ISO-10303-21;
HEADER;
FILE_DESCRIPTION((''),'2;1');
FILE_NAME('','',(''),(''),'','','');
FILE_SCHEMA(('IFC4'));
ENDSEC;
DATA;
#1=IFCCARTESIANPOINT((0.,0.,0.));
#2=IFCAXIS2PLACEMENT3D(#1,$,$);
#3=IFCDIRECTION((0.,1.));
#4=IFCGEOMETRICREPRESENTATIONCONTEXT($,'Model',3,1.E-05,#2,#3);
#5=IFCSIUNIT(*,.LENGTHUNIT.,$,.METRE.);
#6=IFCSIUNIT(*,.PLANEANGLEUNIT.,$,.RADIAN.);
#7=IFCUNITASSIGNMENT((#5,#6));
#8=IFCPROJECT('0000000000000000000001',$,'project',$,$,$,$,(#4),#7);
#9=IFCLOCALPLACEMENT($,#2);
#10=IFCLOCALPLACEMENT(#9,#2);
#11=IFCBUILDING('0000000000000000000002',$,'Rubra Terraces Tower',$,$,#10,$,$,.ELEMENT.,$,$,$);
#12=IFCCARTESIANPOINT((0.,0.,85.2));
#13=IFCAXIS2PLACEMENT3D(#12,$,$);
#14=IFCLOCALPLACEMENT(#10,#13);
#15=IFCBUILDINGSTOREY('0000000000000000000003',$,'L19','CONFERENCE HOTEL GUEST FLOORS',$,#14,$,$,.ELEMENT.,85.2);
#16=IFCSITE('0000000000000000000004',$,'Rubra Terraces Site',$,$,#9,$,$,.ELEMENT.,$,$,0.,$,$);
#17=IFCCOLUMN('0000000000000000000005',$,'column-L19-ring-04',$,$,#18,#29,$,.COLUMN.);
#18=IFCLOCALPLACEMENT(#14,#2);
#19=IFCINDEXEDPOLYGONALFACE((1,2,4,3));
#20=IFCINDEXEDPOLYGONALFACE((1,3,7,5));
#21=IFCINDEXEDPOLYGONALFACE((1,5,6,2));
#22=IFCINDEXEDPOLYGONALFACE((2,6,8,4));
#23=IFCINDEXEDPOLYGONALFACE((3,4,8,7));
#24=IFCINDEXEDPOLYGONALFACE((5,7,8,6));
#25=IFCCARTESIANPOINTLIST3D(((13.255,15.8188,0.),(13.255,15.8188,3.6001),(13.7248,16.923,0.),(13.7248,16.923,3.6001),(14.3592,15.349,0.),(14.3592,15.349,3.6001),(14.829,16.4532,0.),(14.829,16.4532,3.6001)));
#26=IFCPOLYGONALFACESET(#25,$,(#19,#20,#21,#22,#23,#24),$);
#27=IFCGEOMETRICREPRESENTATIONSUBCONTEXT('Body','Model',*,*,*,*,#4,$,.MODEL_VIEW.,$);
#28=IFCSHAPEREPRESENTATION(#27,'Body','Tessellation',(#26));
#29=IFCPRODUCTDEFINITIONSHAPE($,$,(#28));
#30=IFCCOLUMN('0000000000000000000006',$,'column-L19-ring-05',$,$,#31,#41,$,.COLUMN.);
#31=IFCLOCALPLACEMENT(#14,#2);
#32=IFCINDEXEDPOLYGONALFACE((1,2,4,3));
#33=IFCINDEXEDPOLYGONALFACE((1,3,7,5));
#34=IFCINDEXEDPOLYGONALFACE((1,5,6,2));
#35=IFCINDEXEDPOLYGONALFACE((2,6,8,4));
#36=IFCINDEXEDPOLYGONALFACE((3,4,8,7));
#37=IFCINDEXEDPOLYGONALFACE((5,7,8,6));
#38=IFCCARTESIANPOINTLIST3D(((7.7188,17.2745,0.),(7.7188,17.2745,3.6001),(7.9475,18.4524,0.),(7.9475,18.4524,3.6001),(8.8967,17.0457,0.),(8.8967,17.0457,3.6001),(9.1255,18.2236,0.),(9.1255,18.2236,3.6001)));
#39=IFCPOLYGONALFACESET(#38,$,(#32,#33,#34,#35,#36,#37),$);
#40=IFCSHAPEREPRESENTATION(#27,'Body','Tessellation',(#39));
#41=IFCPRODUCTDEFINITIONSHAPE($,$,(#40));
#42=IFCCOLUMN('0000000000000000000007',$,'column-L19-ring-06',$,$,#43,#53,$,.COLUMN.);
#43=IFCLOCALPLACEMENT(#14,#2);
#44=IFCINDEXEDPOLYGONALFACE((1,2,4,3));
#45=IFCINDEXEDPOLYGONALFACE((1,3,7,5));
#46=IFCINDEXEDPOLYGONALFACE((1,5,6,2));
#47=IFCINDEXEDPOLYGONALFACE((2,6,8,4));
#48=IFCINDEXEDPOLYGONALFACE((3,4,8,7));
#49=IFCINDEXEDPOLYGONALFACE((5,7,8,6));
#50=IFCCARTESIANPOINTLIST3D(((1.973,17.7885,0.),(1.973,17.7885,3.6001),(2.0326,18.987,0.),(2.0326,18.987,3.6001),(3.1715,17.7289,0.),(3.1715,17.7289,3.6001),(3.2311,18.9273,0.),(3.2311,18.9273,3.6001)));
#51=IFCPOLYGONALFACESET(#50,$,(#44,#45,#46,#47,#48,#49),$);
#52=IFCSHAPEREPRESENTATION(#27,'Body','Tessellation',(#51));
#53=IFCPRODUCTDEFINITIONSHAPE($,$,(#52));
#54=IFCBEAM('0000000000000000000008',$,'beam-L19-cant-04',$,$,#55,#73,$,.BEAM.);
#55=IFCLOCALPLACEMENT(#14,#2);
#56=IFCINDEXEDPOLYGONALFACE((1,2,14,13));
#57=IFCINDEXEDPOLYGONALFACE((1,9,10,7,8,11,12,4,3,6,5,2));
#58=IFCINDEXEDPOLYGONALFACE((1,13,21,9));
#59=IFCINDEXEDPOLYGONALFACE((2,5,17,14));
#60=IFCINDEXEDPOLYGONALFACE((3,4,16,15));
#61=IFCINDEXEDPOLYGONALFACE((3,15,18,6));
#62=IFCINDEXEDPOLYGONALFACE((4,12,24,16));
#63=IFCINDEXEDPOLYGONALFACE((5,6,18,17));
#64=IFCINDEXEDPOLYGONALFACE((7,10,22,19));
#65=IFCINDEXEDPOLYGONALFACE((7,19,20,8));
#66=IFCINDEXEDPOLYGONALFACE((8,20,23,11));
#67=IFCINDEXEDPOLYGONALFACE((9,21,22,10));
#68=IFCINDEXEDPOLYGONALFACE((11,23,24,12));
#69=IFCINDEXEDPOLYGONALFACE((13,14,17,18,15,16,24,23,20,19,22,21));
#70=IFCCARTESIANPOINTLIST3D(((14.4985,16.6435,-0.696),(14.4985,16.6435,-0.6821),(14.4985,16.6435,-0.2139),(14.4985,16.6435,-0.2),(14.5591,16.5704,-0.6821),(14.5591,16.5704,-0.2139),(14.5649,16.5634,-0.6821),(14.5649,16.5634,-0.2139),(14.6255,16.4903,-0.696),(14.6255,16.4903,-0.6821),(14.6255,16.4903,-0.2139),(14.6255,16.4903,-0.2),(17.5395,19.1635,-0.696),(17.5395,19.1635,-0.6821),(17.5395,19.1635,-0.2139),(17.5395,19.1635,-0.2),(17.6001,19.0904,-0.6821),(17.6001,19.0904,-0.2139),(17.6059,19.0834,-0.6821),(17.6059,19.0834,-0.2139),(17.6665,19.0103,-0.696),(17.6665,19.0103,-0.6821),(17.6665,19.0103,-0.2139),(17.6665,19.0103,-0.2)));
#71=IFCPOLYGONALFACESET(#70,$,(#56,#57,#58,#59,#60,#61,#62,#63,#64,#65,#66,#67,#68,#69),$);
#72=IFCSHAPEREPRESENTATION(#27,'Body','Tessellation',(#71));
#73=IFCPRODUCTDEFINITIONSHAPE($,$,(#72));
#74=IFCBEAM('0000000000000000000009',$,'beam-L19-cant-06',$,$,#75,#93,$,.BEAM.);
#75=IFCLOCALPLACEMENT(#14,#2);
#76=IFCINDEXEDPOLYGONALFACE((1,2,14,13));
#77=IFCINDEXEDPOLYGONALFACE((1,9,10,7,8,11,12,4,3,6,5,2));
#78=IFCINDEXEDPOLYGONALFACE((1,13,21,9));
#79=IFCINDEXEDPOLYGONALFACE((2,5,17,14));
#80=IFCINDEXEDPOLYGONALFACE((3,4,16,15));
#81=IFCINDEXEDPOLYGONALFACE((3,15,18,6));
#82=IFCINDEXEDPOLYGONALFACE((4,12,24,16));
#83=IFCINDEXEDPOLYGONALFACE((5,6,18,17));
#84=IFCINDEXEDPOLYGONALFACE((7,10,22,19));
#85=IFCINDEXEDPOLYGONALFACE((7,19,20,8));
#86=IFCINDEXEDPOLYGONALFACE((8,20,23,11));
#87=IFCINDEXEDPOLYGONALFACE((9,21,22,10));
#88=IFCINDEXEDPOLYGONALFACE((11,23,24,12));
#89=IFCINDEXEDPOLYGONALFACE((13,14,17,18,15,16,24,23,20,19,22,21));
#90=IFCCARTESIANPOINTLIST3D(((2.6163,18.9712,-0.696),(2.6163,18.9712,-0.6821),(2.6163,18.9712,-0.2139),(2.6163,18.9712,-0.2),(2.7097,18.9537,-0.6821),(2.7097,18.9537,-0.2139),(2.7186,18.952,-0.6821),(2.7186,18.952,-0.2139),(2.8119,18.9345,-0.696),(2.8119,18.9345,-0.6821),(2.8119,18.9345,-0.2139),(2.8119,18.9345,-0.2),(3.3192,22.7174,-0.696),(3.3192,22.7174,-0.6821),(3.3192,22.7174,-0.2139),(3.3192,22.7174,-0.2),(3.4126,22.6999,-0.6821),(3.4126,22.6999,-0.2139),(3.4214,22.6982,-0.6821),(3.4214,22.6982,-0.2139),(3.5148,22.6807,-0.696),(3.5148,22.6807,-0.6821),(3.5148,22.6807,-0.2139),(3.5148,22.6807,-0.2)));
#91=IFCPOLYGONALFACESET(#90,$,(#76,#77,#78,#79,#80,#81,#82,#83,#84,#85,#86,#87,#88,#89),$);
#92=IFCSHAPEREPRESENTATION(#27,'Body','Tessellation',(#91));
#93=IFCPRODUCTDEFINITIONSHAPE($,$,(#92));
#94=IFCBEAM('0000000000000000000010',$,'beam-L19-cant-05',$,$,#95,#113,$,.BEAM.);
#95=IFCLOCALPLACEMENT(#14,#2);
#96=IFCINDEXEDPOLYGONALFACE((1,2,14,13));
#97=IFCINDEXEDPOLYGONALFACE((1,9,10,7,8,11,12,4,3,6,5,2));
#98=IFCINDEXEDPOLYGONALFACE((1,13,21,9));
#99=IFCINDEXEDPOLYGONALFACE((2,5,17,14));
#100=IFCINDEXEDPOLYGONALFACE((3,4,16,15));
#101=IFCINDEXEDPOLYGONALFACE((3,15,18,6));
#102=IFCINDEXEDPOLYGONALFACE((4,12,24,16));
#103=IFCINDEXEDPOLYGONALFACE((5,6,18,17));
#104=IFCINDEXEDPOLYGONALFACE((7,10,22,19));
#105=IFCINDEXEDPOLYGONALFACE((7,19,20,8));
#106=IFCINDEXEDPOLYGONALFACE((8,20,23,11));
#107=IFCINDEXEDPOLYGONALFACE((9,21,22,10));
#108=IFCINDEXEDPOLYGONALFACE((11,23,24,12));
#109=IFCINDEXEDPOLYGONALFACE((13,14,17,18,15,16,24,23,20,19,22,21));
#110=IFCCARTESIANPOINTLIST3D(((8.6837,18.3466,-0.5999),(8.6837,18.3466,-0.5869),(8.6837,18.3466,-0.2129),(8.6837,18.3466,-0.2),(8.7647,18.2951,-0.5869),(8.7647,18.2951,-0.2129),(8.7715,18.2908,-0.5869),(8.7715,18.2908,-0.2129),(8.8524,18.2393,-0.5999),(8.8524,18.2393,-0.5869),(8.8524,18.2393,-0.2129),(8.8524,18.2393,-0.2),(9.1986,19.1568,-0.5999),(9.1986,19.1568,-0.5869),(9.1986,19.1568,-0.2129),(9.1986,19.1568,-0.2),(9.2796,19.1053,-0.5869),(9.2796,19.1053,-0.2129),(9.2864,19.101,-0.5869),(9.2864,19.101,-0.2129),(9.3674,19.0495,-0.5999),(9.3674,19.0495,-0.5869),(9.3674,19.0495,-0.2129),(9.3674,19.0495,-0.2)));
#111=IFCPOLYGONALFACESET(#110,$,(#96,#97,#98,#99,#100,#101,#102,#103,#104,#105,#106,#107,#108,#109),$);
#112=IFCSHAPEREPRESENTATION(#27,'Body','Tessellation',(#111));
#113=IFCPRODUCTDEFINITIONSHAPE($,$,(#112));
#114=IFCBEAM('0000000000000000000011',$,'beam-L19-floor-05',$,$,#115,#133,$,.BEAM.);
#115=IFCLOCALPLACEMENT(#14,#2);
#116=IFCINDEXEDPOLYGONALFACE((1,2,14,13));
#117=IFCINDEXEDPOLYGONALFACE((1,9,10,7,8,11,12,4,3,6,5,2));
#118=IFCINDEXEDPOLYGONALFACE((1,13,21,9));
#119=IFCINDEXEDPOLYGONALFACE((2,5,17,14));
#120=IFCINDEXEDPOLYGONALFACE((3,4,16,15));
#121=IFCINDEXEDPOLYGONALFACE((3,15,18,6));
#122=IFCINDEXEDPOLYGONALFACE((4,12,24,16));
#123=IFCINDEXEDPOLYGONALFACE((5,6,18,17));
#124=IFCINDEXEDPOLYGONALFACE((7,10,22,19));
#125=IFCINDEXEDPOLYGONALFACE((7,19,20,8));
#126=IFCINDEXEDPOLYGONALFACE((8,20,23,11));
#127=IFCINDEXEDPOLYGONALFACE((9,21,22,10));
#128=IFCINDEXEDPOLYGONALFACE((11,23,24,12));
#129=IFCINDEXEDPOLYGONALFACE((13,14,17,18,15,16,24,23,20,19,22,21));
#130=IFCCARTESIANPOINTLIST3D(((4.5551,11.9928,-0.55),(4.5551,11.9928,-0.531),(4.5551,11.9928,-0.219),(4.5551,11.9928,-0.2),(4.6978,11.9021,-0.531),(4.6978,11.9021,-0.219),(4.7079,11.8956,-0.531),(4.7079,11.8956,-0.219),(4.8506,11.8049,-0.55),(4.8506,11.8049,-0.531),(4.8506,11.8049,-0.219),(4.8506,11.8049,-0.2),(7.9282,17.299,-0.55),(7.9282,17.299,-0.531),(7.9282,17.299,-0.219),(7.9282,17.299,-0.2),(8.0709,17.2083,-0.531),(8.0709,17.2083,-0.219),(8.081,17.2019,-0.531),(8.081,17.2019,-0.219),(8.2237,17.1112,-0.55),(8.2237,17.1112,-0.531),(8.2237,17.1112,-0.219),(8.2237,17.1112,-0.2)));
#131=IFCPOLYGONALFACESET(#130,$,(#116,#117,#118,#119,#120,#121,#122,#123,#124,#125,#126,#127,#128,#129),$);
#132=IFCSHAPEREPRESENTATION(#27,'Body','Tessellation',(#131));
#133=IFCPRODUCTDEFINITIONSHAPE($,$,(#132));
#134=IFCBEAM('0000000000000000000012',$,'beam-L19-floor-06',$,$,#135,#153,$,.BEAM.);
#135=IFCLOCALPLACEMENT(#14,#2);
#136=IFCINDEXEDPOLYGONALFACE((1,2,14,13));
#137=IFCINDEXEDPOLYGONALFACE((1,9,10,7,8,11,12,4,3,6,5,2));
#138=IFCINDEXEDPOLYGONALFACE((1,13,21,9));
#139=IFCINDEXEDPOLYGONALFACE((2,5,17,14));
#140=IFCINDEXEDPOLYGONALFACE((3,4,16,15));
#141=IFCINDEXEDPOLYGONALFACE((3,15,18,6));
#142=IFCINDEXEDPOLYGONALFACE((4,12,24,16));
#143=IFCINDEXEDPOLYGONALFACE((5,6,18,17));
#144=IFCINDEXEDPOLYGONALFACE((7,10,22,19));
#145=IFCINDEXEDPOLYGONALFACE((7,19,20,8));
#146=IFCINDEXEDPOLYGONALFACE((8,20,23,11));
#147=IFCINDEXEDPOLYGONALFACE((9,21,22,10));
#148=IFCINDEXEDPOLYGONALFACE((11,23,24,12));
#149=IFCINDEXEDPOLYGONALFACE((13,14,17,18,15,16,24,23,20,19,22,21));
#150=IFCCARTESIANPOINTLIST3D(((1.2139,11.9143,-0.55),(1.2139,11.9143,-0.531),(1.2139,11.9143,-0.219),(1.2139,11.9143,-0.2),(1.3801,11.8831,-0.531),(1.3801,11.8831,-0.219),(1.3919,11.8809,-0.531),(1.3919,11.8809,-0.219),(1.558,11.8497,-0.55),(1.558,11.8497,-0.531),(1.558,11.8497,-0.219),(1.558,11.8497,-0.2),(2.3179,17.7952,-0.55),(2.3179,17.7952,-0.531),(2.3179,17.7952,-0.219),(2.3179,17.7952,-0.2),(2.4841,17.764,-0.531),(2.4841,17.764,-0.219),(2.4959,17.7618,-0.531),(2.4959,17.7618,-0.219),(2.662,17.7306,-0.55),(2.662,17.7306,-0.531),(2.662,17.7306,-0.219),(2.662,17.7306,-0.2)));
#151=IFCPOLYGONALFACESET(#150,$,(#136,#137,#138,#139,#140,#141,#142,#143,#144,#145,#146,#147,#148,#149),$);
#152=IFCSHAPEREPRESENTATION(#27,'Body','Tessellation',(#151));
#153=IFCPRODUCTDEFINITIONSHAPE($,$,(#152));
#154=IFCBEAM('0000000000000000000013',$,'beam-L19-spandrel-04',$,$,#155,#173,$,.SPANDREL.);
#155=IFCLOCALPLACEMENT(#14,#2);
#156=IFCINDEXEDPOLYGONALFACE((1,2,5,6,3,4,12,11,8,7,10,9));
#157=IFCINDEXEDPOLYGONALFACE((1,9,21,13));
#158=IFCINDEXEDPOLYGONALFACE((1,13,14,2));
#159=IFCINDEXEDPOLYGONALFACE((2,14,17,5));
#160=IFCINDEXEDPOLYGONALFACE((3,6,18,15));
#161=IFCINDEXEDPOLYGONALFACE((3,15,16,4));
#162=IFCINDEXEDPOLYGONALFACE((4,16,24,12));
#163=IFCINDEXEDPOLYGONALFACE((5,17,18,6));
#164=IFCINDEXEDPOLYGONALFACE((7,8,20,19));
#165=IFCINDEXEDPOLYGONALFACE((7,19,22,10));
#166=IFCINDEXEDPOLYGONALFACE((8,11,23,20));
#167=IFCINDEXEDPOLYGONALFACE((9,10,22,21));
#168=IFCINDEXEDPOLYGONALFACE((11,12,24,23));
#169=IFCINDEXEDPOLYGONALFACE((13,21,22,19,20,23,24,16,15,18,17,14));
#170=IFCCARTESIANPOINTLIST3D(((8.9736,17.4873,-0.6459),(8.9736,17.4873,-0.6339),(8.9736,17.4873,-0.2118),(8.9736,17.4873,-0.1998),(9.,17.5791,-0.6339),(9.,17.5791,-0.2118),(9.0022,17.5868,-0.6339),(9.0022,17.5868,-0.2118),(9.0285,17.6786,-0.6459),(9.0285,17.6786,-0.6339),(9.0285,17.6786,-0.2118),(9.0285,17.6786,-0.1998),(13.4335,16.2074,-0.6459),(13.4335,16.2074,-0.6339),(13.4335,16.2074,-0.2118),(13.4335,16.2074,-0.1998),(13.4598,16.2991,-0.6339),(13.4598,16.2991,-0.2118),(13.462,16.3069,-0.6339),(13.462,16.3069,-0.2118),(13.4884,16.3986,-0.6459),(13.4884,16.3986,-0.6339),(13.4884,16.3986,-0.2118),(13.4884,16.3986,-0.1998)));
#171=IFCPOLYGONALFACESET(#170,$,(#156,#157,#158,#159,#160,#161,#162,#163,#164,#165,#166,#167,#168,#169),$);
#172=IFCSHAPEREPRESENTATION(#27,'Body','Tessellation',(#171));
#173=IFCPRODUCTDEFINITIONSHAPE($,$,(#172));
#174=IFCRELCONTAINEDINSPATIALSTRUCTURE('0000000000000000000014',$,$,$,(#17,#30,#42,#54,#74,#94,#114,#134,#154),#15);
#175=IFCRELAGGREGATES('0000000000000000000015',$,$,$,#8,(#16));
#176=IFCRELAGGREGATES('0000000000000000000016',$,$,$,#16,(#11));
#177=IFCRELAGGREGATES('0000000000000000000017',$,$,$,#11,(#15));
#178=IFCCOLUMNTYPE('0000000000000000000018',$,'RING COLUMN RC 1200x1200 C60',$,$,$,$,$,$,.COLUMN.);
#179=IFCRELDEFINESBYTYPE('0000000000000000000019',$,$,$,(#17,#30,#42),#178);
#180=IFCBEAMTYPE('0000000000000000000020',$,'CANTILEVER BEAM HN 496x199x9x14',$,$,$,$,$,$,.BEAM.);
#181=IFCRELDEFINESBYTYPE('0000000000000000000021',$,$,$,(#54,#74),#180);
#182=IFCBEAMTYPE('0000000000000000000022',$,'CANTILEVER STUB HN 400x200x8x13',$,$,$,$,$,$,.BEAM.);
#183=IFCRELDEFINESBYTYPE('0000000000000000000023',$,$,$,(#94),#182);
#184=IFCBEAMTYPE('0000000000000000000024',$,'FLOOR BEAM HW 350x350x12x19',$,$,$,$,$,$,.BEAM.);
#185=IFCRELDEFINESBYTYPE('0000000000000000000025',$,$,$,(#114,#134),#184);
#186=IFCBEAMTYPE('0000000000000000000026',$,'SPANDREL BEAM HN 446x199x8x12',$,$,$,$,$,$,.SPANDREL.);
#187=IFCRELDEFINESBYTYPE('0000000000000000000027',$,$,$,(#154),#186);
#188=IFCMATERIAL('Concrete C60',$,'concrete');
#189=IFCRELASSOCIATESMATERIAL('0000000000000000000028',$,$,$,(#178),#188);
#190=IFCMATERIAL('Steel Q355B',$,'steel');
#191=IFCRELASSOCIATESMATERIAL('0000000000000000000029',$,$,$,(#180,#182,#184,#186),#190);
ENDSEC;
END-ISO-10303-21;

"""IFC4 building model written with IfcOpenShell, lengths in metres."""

from ifc_helpers import new_model, si_unit, direction, frame, origin, origin_2d, place, context, subcontext, project, spatial, rectangle, i_section, extrude, material, material_profile, profile_set, type_object, element, save


model = new_model("IFC4")

# Units and contexts
model_context = context("Model", 3, precision=1e-05, world=origin(), true_north=direction((0.0, 1.0)))
body_context = subcontext(model_context, "Body", "Model", "MODEL_VIEW")
ifc_project = project(units=[si_unit("LENGTHUNIT", "METRE"), si_unit("PLANEANGLEUNIT", "RADIAN")], contexts=[model_context])

# Site, building, storey
site_placement = place(None, origin())
site = spatial("IfcSite", under=ifc_project, at=site_placement, Name="Rubra Terraces Site", CompositionType="ELEMENT", RefElevation=0.0)
building_placement = place(site_placement, origin())
building = spatial("IfcBuilding", under=site, at=building_placement, Name="Rubra Terraces Tower", CompositionType="ELEMENT")
storey_placement = place(building_placement, frame((0.0, 0.0, 85.2)))
storey = spatial("IfcBuildingStorey", under=building, at=storey_placement, Name="L19", Description="CONFERENCE HOTEL GUEST FLOORS", CompositionType="ELEMENT", Elevation=85.2)

# Columns
ifc_material_1 = material(Name="Concrete C60", Category="concrete")
ifc_material_profile_1 = material_profile(ifc_material_1, rectangle(XDim=1.2, YDim=1.2, at=origin_2d()), Name="RC 1200x1200")
ifc_profile_set_1 = profile_set([ifc_material_profile_1], Name="Concrete C60")
column_type = type_object("IfcColumnType", Name="RING COLUMN RC 1200x1200 C60", PredefinedType="COLUMN", material=ifc_profile_set_1)
for number, where, z_axis, x_axis, name in (
    (1, (14.042, 16.136, 0.0), (0.0, 0.0, 1.0), (-0.920168, 0.391524, 0.0), "column-L19-ring-04"),
    (2, (8.4221, 17.749, 0.0), (0.0, 0.0, 1.0), (-0.981655, 0.190668, 0.0), "column-L19-ring-05"),
    (3, (2.6021, 18.3579, 0.0), (0.0, 0.0, 1.0), (-0.998764, 0.049699, 0.0), "column-L19-ring-06"),
):
    element("IfcColumn", number, at=place(storey_placement, frame(where, z_axis=z_axis, x_axis=x_axis)), inside=storey, type_object=column_type, Name=name, PredefinedType="COLUMN", context=body_context, shape_type="SweptSolid", body=[
        extrude(rectangle(XDim=1.2, YDim=1.2, at=origin_2d()), origin(), (0.0, 0.0, 1.0), 3.6001),
    ])

# Beams
ifc_material_2 = material(Name="Steel Q355B", Category="steel")
ifc_material_profile_2 = material_profile(ifc_material_2, i_section(OverallWidth=0.199, OverallDepth=0.4961, WebThickness=0.009, FlangeThickness=0.0139, at=origin_2d()), Name="HN 496x199x9x14")
ifc_profile_set_2 = profile_set([ifc_material_profile_2], Name="Steel Q355B")
beam_type_1 = type_object("IfcBeamType", Name="CANTILEVER BEAM HN 496x199x9x14", PredefinedType="BEAM", material=ifc_profile_set_2)
beam_1_placement = place(storey_placement, frame((14.562, 16.5669, -0.448), z_axis=(0.769982, 0.638066, 0.0), x_axis=(-0.638066, 0.769982, 0.0)))
element("IfcBeam", 4, at=beam_1_placement, inside=storey, type_object=beam_type_1, Name="beam-L19-cant-04", PredefinedType="BEAM", context=body_context, shape_type="SweptSolid", body=[
    extrude(i_section(OverallWidth=0.199, OverallDepth=0.4961, WebThickness=0.009, FlangeThickness=0.0139, at=origin_2d()), origin(), (0.0, 0.0, 1.0), 3.9495),
])
beam_2_placement = place(storey_placement, frame((2.7141, 18.9529, -0.448), z_axis=(0.184412, 0.982849, 0.0), x_axis=(-0.982849, 0.184412, 0.0)))
element("IfcBeam", 5, at=beam_2_placement, inside=storey, type_object=beam_type_1, Name="beam-L19-cant-06", PredefinedType="BEAM", context=body_context, shape_type="SweptSolid", body=[
    extrude(i_section(OverallWidth=0.199, OverallDepth=0.4961, WebThickness=0.009, FlangeThickness=0.0139, at=origin_2d()), origin(), (0.0, 0.0, 1.0), 3.8115),
])
ifc_material_profile_3 = material_profile(ifc_material_2, i_section(OverallWidth=0.2, OverallDepth=0.3999, WebThickness=0.0081, FlangeThickness=0.0129, at=origin_2d()), Name="HN 400x200x8x13")
ifc_profile_set_3 = profile_set([ifc_material_profile_3], Name="Steel Q355B")
beam_type_2 = type_object("IfcBeamType", Name="CANTILEVER STUB HN 400x200x8x13", PredefinedType="BEAM", material=ifc_profile_set_3)
beam_3_placement = place(storey_placement, frame((8.7681, 18.293, -0.3999), z_axis=(0.536431, 0.843944, 0.0), x_axis=(-0.843944, 0.536431, 0.0)))
element("IfcBeam", 6, at=beam_3_placement, inside=storey, type_object=beam_type_2, Name="beam-L19-cant-05", PredefinedType="BEAM", context=body_context, shape_type="SweptSolid", body=[
    extrude(i_section(OverallWidth=0.2, OverallDepth=0.3999, WebThickness=0.0081, FlangeThickness=0.0129, at=origin_2d()), origin(), (0.0, 0.0, 1.0), 0.96),
])
ifc_material_profile_4 = material_profile(ifc_material_2, i_section(OverallWidth=0.3501, OverallDepth=0.3501, WebThickness=0.012, FlangeThickness=0.019, at=origin_2d()), Name="HW 350x350x12x19")
ifc_profile_set_4 = profile_set([ifc_material_profile_4], Name="Steel Q355B")
beam_type_3 = type_object("IfcBeamType", Name="FLOOR BEAM HW 350x350x12x19", PredefinedType="BEAM", material=ifc_profile_set_4)
beam_4_placement = place(storey_placement, frame((8.0759, 17.2051, -0.375), z_axis=(-0.536468, -0.84392, 0.0), x_axis=(0.84392, -0.536468, 0.0)))
element("IfcBeam", 7, at=beam_4_placement, inside=storey, type_object=beam_type_3, Name="beam-L19-floor-05", PredefinedType="BEAM", context=body_context, shape_type="SweptSolid", body=[
    extrude(i_section(OverallWidth=0.3501, OverallDepth=0.3501, WebThickness=0.012, FlangeThickness=0.019, at=origin_2d()), origin(), (0.0, 0.0, 1.0), 6.2876),
])
beam_5_placement = place(storey_placement, frame((2.49, 17.7629, -0.375), z_axis=(-0.184505, -0.982832, 0.0), x_axis=(0.982832, -0.184505, 0.0)))
element("IfcBeam", 8, at=beam_5_placement, inside=storey, type_object=beam_type_3, Name="beam-L19-floor-06", PredefinedType="BEAM", context=body_context, shape_type="SweptSolid", body=[
    extrude(i_section(OverallWidth=0.3501, OverallDepth=0.3501, WebThickness=0.012, FlangeThickness=0.019, at=origin_2d()), origin(), (0.0, 0.0, 1.0), 5.9836),
])
ifc_material_profile_5 = material_profile(ifc_material_2, i_section(OverallWidth=0.199, OverallDepth=0.446, WebThickness=0.0081, FlangeThickness=0.012, at=origin_2d()), Name="HN 446x199x8x12")
ifc_profile_set_5 = profile_set([ifc_material_profile_5], Name="Steel Q355B")
beam_type_4 = type_object("IfcBeamType", Name="SPANDREL BEAM HN 446x199x8x12", PredefinedType="SPANDREL", material=ifc_profile_set_5)
beam_6_placement = place(storey_placement, frame((13.4609, 16.303, -0.4229), z_axis=(-0.961196, 0.275868, 0.0), x_axis=(-0.275868, -0.961196, 0.0)))
element("IfcBeam", 9, at=beam_6_placement, inside=storey, type_object=beam_type_4, Name="beam-L19-spandrel-04", PredefinedType="SPANDREL", context=body_context, shape_type="SweptSolid", body=[
    extrude(i_section(OverallWidth=0.199, OverallDepth=0.446, WebThickness=0.0081, FlangeThickness=0.012, at=origin_2d()), origin(), (0.0, 0.0, 1.0), 4.6399),
])

save(model, "model.ifc")
